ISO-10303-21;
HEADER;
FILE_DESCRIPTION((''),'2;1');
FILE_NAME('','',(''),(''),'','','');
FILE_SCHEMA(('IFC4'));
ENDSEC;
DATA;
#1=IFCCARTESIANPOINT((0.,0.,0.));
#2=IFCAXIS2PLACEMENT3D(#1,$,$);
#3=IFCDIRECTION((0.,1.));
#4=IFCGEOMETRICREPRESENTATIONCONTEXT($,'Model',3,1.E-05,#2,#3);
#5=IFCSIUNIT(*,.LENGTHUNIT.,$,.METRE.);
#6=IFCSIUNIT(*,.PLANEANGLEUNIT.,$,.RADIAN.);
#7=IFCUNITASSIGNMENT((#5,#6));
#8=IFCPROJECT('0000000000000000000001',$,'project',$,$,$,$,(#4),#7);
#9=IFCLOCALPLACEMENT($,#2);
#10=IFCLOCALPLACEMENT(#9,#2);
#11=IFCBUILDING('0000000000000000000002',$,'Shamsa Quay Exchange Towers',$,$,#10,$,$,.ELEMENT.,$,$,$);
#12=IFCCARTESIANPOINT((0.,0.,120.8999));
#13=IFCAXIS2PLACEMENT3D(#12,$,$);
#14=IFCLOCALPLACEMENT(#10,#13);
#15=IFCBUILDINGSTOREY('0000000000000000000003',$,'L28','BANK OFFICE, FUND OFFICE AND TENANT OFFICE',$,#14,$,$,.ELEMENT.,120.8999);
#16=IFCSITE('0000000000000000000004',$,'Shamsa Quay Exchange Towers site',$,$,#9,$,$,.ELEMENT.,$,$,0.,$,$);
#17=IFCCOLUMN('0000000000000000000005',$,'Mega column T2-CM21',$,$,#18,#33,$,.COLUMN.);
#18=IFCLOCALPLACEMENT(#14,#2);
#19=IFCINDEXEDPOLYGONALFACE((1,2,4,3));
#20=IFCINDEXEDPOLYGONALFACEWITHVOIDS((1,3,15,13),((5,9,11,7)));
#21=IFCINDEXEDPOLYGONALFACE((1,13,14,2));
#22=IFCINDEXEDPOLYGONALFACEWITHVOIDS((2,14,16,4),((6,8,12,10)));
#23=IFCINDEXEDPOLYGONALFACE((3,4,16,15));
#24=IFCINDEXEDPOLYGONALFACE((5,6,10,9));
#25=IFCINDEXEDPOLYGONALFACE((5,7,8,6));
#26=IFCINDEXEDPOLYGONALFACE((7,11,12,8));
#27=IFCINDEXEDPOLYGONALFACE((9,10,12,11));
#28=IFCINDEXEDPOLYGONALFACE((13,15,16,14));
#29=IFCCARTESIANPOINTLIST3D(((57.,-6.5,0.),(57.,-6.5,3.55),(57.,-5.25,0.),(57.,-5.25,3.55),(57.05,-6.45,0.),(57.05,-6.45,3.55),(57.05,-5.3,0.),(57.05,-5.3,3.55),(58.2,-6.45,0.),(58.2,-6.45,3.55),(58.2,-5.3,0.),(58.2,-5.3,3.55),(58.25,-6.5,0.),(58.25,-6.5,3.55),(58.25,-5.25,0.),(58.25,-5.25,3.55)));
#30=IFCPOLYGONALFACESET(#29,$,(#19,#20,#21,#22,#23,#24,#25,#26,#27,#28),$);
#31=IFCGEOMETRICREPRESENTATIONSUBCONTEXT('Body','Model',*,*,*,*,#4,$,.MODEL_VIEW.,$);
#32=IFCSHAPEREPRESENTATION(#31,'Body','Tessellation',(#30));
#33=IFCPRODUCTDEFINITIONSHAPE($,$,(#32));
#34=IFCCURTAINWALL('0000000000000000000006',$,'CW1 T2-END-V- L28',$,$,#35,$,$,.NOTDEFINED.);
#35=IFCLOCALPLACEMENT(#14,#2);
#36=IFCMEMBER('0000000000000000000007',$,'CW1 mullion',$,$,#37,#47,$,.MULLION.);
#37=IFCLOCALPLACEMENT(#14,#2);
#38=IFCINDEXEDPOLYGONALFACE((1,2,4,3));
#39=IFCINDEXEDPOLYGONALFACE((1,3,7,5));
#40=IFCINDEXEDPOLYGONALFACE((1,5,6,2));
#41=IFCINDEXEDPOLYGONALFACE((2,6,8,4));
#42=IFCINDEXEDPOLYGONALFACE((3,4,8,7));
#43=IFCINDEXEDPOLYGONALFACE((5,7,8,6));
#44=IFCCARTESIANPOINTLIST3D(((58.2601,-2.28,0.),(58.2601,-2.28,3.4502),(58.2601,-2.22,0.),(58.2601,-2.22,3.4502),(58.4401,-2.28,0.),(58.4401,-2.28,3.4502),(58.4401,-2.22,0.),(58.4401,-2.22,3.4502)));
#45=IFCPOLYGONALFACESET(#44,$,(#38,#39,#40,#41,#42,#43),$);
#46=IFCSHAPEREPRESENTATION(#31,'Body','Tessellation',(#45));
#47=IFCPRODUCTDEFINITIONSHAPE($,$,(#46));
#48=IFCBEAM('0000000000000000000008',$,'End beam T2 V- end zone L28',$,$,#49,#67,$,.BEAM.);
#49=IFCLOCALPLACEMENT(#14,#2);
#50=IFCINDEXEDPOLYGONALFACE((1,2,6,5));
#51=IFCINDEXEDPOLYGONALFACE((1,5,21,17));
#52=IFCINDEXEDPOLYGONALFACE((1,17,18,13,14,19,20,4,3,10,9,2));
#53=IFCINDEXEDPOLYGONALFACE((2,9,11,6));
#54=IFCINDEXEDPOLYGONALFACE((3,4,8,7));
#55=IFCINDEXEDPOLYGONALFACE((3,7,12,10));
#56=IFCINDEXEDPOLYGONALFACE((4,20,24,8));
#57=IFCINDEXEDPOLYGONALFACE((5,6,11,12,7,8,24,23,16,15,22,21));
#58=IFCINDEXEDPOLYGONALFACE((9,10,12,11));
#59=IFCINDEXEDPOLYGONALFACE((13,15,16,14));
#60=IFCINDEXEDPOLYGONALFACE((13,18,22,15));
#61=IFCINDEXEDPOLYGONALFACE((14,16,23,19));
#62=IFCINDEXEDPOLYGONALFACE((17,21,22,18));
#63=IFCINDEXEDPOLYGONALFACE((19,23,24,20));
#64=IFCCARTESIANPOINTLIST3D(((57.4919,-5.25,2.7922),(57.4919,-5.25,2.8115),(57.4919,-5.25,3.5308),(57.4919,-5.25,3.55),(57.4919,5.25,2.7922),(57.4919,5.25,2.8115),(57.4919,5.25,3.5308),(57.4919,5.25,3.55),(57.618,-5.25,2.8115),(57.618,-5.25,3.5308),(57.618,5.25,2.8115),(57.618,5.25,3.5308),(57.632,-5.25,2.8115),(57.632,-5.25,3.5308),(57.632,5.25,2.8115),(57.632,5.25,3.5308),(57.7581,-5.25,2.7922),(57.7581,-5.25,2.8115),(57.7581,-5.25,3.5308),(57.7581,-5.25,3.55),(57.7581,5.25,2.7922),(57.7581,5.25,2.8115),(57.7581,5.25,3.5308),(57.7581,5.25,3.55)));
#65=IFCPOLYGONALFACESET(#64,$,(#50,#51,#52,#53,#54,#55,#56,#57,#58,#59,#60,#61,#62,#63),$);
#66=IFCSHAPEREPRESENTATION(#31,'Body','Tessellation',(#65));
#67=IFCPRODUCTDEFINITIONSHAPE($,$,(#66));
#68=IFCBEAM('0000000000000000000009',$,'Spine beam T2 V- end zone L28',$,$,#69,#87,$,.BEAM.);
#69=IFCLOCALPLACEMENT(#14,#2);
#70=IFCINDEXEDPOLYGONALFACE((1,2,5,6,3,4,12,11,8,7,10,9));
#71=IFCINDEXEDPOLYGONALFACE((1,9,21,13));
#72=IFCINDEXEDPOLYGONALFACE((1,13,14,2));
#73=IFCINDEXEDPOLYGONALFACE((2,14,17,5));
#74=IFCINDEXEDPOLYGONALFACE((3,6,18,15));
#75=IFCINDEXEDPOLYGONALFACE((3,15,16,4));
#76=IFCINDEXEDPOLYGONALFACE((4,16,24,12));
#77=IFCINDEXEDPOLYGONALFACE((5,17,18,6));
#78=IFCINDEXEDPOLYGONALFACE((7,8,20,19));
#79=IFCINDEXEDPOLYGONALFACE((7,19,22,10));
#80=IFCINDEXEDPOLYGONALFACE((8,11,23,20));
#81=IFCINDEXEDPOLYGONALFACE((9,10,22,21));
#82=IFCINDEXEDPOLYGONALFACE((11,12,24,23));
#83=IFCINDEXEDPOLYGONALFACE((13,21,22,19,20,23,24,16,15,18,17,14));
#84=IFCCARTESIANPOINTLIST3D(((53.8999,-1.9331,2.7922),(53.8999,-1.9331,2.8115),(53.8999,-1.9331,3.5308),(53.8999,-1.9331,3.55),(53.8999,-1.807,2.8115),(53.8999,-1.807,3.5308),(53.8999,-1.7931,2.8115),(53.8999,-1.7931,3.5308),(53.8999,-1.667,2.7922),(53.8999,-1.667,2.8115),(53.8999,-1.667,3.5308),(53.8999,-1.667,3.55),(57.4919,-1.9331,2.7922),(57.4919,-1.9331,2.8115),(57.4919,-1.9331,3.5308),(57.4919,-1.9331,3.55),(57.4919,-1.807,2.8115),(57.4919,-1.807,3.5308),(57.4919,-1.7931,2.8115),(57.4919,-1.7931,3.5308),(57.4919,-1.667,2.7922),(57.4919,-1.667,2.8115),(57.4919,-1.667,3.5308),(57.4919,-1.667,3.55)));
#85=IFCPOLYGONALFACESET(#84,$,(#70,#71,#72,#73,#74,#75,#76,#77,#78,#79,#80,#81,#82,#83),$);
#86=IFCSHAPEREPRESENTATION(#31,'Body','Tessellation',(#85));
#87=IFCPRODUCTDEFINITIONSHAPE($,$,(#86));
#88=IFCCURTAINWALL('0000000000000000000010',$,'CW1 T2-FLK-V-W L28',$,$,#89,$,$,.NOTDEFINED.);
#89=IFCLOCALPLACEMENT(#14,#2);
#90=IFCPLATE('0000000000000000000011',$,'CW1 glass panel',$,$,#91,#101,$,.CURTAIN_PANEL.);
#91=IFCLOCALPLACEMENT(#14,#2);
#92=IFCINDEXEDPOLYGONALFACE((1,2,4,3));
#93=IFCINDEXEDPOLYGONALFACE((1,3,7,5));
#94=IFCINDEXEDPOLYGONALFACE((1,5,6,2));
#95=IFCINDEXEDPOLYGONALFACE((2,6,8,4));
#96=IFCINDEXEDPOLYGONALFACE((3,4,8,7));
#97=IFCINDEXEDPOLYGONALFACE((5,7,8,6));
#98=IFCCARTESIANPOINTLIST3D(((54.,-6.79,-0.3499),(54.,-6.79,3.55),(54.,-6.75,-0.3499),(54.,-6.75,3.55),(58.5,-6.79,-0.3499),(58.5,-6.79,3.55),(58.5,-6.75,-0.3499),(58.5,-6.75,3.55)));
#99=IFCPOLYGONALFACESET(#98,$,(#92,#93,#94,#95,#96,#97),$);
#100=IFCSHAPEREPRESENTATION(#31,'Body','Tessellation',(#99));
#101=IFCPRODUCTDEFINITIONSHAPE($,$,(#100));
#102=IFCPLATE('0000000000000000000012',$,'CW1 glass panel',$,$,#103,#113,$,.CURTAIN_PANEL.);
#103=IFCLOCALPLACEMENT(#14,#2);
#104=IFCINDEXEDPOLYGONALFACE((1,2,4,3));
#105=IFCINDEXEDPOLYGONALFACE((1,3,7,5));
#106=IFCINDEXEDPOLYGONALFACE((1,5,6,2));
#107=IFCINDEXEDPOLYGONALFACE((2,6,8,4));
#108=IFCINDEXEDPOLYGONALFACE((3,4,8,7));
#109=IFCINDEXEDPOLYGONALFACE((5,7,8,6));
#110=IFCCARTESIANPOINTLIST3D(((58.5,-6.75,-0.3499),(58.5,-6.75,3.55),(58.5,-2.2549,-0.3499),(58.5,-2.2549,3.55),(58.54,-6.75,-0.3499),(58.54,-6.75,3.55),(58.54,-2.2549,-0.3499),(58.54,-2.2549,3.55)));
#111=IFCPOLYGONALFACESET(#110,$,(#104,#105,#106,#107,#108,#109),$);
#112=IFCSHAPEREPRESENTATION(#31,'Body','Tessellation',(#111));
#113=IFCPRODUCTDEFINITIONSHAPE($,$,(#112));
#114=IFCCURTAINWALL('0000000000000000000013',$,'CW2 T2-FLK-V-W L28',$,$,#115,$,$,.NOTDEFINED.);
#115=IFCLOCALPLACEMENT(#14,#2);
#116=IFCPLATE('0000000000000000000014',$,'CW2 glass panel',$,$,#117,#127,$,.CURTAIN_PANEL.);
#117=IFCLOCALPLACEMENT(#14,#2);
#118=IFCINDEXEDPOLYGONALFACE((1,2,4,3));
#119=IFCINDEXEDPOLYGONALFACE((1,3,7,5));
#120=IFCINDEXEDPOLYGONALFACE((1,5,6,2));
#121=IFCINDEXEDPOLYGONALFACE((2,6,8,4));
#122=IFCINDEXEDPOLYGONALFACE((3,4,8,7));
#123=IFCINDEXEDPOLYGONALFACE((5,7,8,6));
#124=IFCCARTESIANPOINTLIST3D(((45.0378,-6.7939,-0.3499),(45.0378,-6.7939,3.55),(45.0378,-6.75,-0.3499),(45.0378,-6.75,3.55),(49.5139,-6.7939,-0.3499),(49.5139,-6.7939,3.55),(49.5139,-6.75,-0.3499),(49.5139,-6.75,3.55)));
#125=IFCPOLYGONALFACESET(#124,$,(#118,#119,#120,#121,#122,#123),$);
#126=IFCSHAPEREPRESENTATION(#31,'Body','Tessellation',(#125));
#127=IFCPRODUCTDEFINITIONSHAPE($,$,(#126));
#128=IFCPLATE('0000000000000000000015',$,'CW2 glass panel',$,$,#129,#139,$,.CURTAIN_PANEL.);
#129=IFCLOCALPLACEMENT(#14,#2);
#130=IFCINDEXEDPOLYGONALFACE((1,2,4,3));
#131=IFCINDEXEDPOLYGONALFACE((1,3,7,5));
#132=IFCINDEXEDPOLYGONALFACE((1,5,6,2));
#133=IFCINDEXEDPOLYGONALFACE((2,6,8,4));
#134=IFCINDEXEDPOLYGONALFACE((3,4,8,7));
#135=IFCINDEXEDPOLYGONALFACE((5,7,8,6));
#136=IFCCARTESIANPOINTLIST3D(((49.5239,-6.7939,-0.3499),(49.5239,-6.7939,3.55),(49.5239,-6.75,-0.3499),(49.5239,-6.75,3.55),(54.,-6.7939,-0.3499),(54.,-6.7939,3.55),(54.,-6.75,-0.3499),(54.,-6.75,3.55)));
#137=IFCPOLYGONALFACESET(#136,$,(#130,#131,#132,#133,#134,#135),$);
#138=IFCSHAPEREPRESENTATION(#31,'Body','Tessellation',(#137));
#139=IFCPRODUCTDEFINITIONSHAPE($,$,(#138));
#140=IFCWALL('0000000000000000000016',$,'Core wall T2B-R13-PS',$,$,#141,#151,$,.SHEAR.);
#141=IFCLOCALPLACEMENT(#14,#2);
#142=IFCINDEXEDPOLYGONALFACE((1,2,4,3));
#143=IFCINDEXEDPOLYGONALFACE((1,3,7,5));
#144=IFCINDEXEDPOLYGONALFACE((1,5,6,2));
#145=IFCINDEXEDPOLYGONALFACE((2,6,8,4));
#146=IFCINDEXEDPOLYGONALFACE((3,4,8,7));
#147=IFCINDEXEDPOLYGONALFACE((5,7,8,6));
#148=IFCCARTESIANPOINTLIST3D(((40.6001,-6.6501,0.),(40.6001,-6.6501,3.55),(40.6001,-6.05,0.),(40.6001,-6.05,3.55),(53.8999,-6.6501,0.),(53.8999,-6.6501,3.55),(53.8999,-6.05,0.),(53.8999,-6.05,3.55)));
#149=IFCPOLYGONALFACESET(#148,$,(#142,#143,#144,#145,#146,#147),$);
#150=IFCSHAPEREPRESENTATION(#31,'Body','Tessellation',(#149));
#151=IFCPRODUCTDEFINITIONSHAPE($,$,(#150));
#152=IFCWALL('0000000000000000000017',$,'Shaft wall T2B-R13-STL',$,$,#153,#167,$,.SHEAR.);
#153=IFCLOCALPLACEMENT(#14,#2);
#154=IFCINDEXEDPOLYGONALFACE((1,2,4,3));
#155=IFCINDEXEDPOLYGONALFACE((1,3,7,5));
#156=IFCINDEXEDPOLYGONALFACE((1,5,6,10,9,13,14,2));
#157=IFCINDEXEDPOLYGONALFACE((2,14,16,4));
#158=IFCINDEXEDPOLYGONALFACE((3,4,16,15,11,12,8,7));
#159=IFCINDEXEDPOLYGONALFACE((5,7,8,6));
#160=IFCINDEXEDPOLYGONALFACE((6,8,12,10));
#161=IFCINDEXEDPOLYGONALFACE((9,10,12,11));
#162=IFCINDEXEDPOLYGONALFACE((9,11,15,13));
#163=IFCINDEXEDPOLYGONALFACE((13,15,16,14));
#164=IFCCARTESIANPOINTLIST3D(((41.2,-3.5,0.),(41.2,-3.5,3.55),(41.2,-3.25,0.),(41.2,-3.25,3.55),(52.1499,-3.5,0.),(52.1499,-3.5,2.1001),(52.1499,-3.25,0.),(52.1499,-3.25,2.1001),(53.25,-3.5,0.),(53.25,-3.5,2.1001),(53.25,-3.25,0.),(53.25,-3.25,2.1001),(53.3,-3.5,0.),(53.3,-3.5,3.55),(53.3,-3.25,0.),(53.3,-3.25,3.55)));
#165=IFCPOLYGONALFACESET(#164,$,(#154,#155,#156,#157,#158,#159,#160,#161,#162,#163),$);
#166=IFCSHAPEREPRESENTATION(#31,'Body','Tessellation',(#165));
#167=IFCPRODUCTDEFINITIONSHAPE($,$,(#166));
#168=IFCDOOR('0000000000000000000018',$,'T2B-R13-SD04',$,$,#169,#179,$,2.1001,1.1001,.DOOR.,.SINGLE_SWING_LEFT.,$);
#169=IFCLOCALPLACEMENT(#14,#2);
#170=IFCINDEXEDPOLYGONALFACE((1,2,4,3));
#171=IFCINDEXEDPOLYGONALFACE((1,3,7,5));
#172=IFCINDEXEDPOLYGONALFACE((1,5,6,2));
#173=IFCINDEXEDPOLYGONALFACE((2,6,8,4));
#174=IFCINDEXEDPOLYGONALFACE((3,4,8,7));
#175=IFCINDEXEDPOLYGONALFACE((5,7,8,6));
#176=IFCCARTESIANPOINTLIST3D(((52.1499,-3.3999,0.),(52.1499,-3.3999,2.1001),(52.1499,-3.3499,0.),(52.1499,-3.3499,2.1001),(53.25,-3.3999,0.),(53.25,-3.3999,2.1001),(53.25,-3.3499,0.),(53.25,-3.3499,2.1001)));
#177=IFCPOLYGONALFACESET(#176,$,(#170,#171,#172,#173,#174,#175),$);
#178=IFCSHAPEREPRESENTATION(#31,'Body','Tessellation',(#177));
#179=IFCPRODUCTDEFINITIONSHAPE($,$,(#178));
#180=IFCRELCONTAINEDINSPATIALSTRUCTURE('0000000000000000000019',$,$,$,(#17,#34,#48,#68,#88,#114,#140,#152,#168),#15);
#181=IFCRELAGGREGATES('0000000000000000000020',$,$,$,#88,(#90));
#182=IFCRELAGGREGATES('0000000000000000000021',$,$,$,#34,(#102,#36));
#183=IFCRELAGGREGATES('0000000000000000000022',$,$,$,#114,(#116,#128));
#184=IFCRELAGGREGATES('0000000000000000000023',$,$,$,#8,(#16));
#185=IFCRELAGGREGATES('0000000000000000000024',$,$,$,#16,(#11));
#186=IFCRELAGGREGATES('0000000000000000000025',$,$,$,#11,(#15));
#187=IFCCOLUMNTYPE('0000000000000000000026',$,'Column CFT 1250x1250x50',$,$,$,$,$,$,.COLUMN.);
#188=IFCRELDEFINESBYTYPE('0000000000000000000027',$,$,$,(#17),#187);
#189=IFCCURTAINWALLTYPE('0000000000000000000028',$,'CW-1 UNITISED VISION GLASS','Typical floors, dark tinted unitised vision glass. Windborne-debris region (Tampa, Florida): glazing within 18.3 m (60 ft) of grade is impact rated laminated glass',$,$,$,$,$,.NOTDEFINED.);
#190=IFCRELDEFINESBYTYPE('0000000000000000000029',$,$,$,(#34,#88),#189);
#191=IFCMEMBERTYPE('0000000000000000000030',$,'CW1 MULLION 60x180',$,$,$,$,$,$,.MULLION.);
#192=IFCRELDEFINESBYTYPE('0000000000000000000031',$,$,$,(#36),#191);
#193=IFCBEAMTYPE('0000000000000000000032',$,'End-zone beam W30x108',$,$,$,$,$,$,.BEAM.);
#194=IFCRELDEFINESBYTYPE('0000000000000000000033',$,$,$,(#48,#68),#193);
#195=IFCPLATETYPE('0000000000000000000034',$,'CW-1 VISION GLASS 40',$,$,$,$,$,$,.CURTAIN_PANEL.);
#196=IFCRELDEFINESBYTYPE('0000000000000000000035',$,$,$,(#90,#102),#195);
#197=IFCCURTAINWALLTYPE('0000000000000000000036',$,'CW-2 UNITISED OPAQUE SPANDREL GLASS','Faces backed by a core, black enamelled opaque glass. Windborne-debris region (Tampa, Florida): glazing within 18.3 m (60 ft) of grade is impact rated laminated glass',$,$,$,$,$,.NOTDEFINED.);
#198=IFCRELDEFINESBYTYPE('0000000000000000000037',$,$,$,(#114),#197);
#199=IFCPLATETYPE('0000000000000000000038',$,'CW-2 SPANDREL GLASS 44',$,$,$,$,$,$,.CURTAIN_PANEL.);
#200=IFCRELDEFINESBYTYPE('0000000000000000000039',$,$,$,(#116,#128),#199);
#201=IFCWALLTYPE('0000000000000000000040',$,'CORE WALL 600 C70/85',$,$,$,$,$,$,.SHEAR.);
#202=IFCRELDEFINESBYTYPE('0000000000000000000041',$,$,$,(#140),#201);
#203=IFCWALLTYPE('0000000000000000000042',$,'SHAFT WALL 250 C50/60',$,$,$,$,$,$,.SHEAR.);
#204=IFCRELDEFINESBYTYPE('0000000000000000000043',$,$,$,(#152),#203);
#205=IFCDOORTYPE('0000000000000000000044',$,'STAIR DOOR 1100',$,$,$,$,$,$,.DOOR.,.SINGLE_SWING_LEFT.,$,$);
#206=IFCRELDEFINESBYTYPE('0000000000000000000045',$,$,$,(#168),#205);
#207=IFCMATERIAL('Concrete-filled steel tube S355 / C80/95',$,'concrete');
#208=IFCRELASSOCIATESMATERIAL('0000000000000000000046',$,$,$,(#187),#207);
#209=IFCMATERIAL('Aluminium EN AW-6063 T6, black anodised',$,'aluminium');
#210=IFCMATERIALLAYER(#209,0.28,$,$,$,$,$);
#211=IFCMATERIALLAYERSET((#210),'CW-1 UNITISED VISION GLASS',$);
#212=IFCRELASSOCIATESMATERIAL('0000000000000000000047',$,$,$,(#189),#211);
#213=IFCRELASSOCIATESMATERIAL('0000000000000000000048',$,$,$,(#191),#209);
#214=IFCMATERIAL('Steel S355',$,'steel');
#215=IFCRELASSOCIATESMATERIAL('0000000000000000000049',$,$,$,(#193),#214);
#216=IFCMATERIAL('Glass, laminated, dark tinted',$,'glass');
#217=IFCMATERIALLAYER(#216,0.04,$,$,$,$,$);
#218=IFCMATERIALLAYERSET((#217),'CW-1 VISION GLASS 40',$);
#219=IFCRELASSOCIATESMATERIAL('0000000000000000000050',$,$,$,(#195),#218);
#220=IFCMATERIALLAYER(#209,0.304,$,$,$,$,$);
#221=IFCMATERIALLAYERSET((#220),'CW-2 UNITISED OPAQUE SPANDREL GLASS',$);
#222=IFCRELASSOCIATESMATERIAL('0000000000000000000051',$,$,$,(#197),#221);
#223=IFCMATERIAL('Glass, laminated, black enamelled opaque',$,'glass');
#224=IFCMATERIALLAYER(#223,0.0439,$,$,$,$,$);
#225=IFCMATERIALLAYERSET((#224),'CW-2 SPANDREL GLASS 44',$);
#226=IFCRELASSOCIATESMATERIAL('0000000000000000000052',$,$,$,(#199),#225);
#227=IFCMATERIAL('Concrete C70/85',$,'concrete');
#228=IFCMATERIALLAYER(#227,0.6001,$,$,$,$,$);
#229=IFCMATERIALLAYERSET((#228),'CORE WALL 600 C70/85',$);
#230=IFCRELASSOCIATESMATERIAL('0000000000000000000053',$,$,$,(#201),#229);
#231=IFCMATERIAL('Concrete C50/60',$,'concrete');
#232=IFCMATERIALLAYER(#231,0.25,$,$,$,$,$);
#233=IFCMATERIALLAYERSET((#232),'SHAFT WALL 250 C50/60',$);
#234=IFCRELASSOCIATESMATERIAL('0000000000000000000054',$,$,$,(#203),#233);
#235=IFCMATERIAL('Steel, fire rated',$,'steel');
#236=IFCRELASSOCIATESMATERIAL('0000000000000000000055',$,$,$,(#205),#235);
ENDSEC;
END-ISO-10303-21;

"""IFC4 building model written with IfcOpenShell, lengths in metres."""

from ifc_helpers import new_model, si_unit, direction, frame, frame_2d, origin, origin_2d, place, context, subcontext, project, spatial, rectangle, hollow_rectangle, i_section, extrude, material, layer, layer_set, material_profile, profile_set, type_object, element, fill, aggregate, save


model = new_model("IFC4")

# Units and contexts
model_context = context("Model", 3, precision=1e-05, world=origin(), true_north=direction((0.0, 1.0)))
body_context = subcontext(model_context, "Body", "Model", "MODEL_VIEW")
ifc_project = project(units=[si_unit("LENGTHUNIT", "METRE"), si_unit("PLANEANGLEUNIT", "RADIAN")], contexts=[model_context])

# Site, building, storey
site_placement = place(None, origin())
site = spatial("IfcSite", under=ifc_project, at=site_placement, Name="Shamsa Quay Exchange Towers site", CompositionType="ELEMENT", RefElevation=0.0)
building_placement = place(site_placement, origin())
building = spatial("IfcBuilding", under=site, at=building_placement, Name="Shamsa Quay Exchange Towers", CompositionType="ELEMENT")
storey_placement = place(building_placement, frame((0.0, 0.0, 120.8999)))
storey = spatial("IfcBuildingStorey", under=building, at=storey_placement, Name="L28", Description="BANK OFFICE, FUND OFFICE AND TENANT OFFICE", CompositionType="ELEMENT", Elevation=120.8999)

# Column
ifc_material_1 = material(Name="Concrete-filled steel tube S355 / C80/95", Category="concrete")
ifc_material_profile_1 = material_profile(ifc_material_1, hollow_rectangle(XDim=1.25, YDim=1.25, WallThickness=0.05, at=origin_2d()), Name="CFT 1250x1250x50")
ifc_profile_set_1 = profile_set([ifc_material_profile_1], Name="Concrete-filled steel tube S355 / C80/95")
column_type = type_object("IfcColumnType", Name="Column CFT 1250x1250x50", PredefinedType="COLUMN", material=ifc_profile_set_1)
column_placement = place(storey_placement, frame((57.625, -5.875, 0.0)))
element("IfcColumn", 1, at=column_placement, inside=storey, type_object=column_type, Name="Mega column T2-CM21", PredefinedType="COLUMN", context=body_context, shape_type="SweptSolid", body=[
    extrude(hollow_rectangle(XDim=1.25, YDim=1.25, WallThickness=0.05, at=origin_2d()), origin(), (0.0, 0.0, 1.0), 3.55),
])

# Curtain wall, member
ifc_material_2 = material(Name="Aluminium EN AW-6063 T6, black anodised", Category="aluminium")
ifc_layer_1 = layer(ifc_material_2, 0.28)
ifc_layer_set_1 = layer_set([ifc_layer_1], Name="CW-1 UNITISED VISION GLASS")
curtain_wall_type_1 = type_object("IfcCurtainWallType", Name="CW-1 UNITISED VISION GLASS", Description="Typical floors, dark tinted unitised vision glass. Windborne-debris region (Tampa, Florida): glazing within 18.3 m (60 ft) of grade is impact rated laminated glass", PredefinedType="NOTDEFINED", material=ifc_layer_set_1)
curtain_wall_1_placement = place(storey_placement, origin())
curtain_wall_1 = element("IfcCurtainWall", 2, at=curtain_wall_1_placement, inside=storey, type_object=curtain_wall_type_1, Name="CW1 T2-END-V- L28", PredefinedType="NOTDEFINED")
ifc_material_profile_2 = material_profile(ifc_material_2, rectangle(XDim=0.1799, YDim=0.0601, at=origin_2d()), Name="MU60x180")
ifc_profile_set_2 = profile_set([ifc_material_profile_2], Name="Aluminium EN AW-6063 T6, black anodised")
member_type = type_object("IfcMemberType", Name="CW1 MULLION 60x180", PredefinedType="MULLION", material=ifc_profile_set_2)
member_placement = place(storey_placement, frame((58.3501, -2.25, 0.0), z_axis=(0.0, 0.0, 1.0), x_axis=(-1.0, 0.0, 0.0)))
member = element("IfcMember", 3, at=member_placement, type_object=member_type, Name="CW1 mullion", PredefinedType="MULLION", context=body_context, shape_type="SweptSolid", body=[
    extrude(rectangle(XDim=0.1799, YDim=0.0601, at=origin_2d()), origin(), (0.0, 0.0, 1.0), 3.4502),
])

# Beams
ifc_material_3 = material(Name="Steel S355", Category="steel")
ifc_material_profile_3 = material_profile(ifc_material_3, i_section(OverallWidth=0.2661, OverallDepth=0.7578, WebThickness=0.0139, FlangeThickness=0.0193, at=origin_2d()), Name="W30x108")
ifc_profile_set_3 = profile_set([ifc_material_profile_3], Name="Steel S355")
beam_type = type_object("IfcBeamType", Name="End-zone beam W30x108", PredefinedType="BEAM", material=ifc_profile_set_3)
beam_1_placement = place(storey_placement, frame((57.625, -5.25, 3.1711), z_axis=(0.0, 1.0, 0.0), x_axis=(-1.0, 0.0, 0.0)))
element("IfcBeam", 4, at=beam_1_placement, inside=storey, type_object=beam_type, Name="End beam T2 V- end zone L28", PredefinedType="BEAM", context=body_context, shape_type="SweptSolid", body=[
    extrude(i_section(OverallWidth=0.2661, OverallDepth=0.7578, WebThickness=0.0139, FlangeThickness=0.0193, at=origin_2d()), origin(), (0.0, 0.0, 1.0), 10.5),
])
beam_2_placement = place(storey_placement, frame((53.8999, -1.8, 3.1711), z_axis=(1.0, 0.0, 0.0), x_axis=(0.0, 1.0, 0.0)))
element("IfcBeam", 5, at=beam_2_placement, inside=storey, type_object=beam_type, Name="Spine beam T2 V- end zone L28", PredefinedType="BEAM", context=body_context, shape_type="SweptSolid", body=[
    extrude(i_section(OverallWidth=0.2661, OverallDepth=0.7578, WebThickness=0.0139, FlangeThickness=0.0193, at=origin_2d()), origin(), (0.0, 0.0, 1.0), 3.592),
])

# Curtain wall, plate
curtain_wall_2_placement = place(storey_placement, origin())
curtain_wall_2 = element("IfcCurtainWall", 6, at=curtain_wall_2_placement, inside=storey, type_object=curtain_wall_type_1, Name="CW1 T2-FLK-V-W L28", PredefinedType="NOTDEFINED")
ifc_material_4 = material(Name="Glass, laminated, dark tinted", Category="glass")
ifc_layer_2 = layer(ifc_material_4, 0.04)
ifc_layer_set_2 = layer_set([ifc_layer_2], Name="CW-1 VISION GLASS 40")
plate_type_1 = type_object("IfcPlateType", Name="CW-1 VISION GLASS 40", PredefinedType="CURTAIN_PANEL", material=ifc_layer_set_2)
plate_1_placement = place(storey_placement, frame((56.25, -6.77, -0.3499)))
plate_1 = element("IfcPlate", 7, at=plate_1_placement, type_object=plate_type_1, Name="CW1 glass panel", PredefinedType="CURTAIN_PANEL", context=body_context, shape_type="SweptSolid", body=[
    extrude(rectangle(XDim=4.5, YDim=0.04, at=origin_2d()), origin(), (0.0, 0.0, 1.0), 3.8999),
])
aggregate(curtain_wall_2, [plate_1])

# Plate
plate_2_placement = place(storey_placement, frame((58.52, -4.5024, -0.3499), z_axis=(0.0, 0.0, 1.0), x_axis=(0.0, 1.0, 0.0)))
plate_2 = element("IfcPlate", 8, at=plate_2_placement, type_object=plate_type_1, Name="CW1 glass panel", PredefinedType="CURTAIN_PANEL", context=body_context, shape_type="SweptSolid", body=[
    extrude(rectangle(XDim=4.4951, YDim=0.04, at=origin_2d()), origin(), (0.0, 0.0, 1.0), 3.8999),
])
aggregate(curtain_wall_1, [plate_2, member])

# Curtain wall, plates
ifc_layer_3 = layer(ifc_material_2, 0.304)
ifc_layer_set_3 = layer_set([ifc_layer_3], Name="CW-2 UNITISED OPAQUE SPANDREL GLASS")
curtain_wall_type_2 = type_object("IfcCurtainWallType", Name="CW-2 UNITISED OPAQUE SPANDREL GLASS", Description="Faces backed by a core, black enamelled opaque glass. Windborne-debris region (Tampa, Florida): glazing within 18.3 m (60 ft) of grade is impact rated laminated glass", PredefinedType="NOTDEFINED", material=ifc_layer_set_3)
curtain_wall_3_placement = place(storey_placement, origin())
curtain_wall_3 = element("IfcCurtainWall", 9, at=curtain_wall_3_placement, inside=storey, type_object=curtain_wall_type_2, Name="CW2 T2-FLK-V-W L28", PredefinedType="NOTDEFINED")
ifc_material_5 = material(Name="Glass, laminated, black enamelled opaque", Category="glass")
ifc_layer_4 = layer(ifc_material_5, 0.0439)
ifc_layer_set_4 = layer_set([ifc_layer_4], Name="CW-2 SPANDREL GLASS 44")
plate_type_2 = type_object("IfcPlateType", Name="CW-2 SPANDREL GLASS 44", PredefinedType="CURTAIN_PANEL", material=ifc_layer_set_4)
plate_3_placement = place(storey_placement, frame((47.2759, -6.772, -0.3499)))
plate_3 = element("IfcPlate", 10, at=plate_3_placement, type_object=plate_type_2, Name="CW2 glass panel", PredefinedType="CURTAIN_PANEL", context=body_context, shape_type="SweptSolid", body=[
    extrude(rectangle(XDim=4.4761, YDim=0.0439, at=origin_2d()), origin(), (0.0, 0.0, 1.0), 3.8999),
])
plate_4_placement = place(storey_placement, frame((51.762, -6.772, -0.3499)))
plate_4 = element("IfcPlate", 11, at=plate_4_placement, type_object=plate_type_2, Name="CW2 glass panel", PredefinedType="CURTAIN_PANEL", context=body_context, shape_type="SweptSolid", body=[
    extrude(rectangle(XDim=4.4761, YDim=0.0439, at=origin_2d()), origin(), (0.0, 0.0, 1.0), 3.8999),
])
aggregate(curtain_wall_3, [plate_3, plate_4])

# Wall
ifc_material_6 = material(Name="Concrete C70/85", Category="concrete")
ifc_layer_5 = layer(ifc_material_6, 0.6001)
ifc_layer_set_5 = layer_set([ifc_layer_5], Name="CORE WALL 600 C70/85")
wall_type_1 = type_object("IfcWallType", Name="CORE WALL 600 C70/85", PredefinedType="SHEAR", material=ifc_layer_set_5)
wall_1_placement = place(storey_placement, frame((53.8999, -6.3501, 0.0), z_axis=(0.0, 0.0, 1.0), x_axis=(-1.0, 0.0, 0.0)))
element("IfcWall", 12, at=wall_1_placement, inside=storey, type_object=wall_type_1, Name="Core wall T2B-R13-PS", PredefinedType="SHEAR", context=body_context, shape_type="SweptSolid", body=[
    extrude(rectangle(XDim=13.2998, YDim=0.6001, at=frame_2d((6.6499, 0.0))), origin(), (0.0, 0.0, 1.0), 3.55),
])

# Wall, opening, door
ifc_material_7 = material(Name="Steel, fire rated", Category="steel")
ifc_material_8 = material(Name="Concrete C50/60", Category="concrete")
ifc_layer_6 = layer(ifc_material_8, 0.25)
ifc_layer_set_6 = layer_set([ifc_layer_6], Name="SHAFT WALL 250 C50/60")
wall_type_2 = type_object("IfcWallType", Name="SHAFT WALL 250 C50/60", PredefinedType="SHEAR", material=ifc_layer_set_6)
wall_2_placement = place(storey_placement, frame((53.3, -3.375, 0.0), z_axis=(0.0, 0.0, 1.0), x_axis=(-1.0, 0.0, 0.0)))
wall_2 = element("IfcWall", 13, at=wall_2_placement, inside=storey, type_object=wall_type_2, Name="Shaft wall T2B-R13-STL", PredefinedType="SHEAR", context=body_context, shape_type="SweptSolid", body=[
    extrude(rectangle(XDim=12.1001, YDim=0.25, at=frame_2d((6.05, 0.0))), origin(), (0.0, 0.0, 1.0), 3.55),
])
opening_1_placement = place(wall_2_placement, frame((0.05, 0.0, 0.0)))
opening_1 = element("IfcOpeningElement", 14, at=opening_1_placement, cuts=wall_2, PredefinedType="OPENING", context=body_context, shape_type="SweptSolid", body=[
    extrude(rectangle(XDim=1.1001, YDim=2.1001, at=frame_2d((0.55, 1.05))), frame((0.0, 0.135, 0.0), z_axis=(0.0, -1.0, 0.0), x_axis=(1.0, 0.0, 0.0)), (0.0, 0.0, 1.0), 0.27),
])
door_type_1 = type_object("IfcDoorType", Name="STAIR DOOR 1100", OperationType="SINGLE_SWING_LEFT", PredefinedType="DOOR", material=ifc_material_7)
door_1_placement = place(opening_1_placement, origin())
door_1 = element("IfcDoor", 15, at=door_1_placement, inside=storey, type_object=door_type_1, Name="T2B-R13-SD04", OperationType="SINGLE_SWING_LEFT", OverallHeight=2.1001, OverallWidth=1.1001, PredefinedType="DOOR", context=body_context, shape_type="SweptSolid", body=[
    extrude(rectangle(XDim=1.1001, YDim=2.1001, at=frame_2d((0.55, 1.05))), frame((0.0, 0.0249, 0.0), z_axis=(0.0, -1.0, 0.0), x_axis=(1.0, 0.0, 0.0)), (0.0, 0.0, 1.0), 0.05),
])
fill(opening_1, door_1)

save(model, "model.ifc")
